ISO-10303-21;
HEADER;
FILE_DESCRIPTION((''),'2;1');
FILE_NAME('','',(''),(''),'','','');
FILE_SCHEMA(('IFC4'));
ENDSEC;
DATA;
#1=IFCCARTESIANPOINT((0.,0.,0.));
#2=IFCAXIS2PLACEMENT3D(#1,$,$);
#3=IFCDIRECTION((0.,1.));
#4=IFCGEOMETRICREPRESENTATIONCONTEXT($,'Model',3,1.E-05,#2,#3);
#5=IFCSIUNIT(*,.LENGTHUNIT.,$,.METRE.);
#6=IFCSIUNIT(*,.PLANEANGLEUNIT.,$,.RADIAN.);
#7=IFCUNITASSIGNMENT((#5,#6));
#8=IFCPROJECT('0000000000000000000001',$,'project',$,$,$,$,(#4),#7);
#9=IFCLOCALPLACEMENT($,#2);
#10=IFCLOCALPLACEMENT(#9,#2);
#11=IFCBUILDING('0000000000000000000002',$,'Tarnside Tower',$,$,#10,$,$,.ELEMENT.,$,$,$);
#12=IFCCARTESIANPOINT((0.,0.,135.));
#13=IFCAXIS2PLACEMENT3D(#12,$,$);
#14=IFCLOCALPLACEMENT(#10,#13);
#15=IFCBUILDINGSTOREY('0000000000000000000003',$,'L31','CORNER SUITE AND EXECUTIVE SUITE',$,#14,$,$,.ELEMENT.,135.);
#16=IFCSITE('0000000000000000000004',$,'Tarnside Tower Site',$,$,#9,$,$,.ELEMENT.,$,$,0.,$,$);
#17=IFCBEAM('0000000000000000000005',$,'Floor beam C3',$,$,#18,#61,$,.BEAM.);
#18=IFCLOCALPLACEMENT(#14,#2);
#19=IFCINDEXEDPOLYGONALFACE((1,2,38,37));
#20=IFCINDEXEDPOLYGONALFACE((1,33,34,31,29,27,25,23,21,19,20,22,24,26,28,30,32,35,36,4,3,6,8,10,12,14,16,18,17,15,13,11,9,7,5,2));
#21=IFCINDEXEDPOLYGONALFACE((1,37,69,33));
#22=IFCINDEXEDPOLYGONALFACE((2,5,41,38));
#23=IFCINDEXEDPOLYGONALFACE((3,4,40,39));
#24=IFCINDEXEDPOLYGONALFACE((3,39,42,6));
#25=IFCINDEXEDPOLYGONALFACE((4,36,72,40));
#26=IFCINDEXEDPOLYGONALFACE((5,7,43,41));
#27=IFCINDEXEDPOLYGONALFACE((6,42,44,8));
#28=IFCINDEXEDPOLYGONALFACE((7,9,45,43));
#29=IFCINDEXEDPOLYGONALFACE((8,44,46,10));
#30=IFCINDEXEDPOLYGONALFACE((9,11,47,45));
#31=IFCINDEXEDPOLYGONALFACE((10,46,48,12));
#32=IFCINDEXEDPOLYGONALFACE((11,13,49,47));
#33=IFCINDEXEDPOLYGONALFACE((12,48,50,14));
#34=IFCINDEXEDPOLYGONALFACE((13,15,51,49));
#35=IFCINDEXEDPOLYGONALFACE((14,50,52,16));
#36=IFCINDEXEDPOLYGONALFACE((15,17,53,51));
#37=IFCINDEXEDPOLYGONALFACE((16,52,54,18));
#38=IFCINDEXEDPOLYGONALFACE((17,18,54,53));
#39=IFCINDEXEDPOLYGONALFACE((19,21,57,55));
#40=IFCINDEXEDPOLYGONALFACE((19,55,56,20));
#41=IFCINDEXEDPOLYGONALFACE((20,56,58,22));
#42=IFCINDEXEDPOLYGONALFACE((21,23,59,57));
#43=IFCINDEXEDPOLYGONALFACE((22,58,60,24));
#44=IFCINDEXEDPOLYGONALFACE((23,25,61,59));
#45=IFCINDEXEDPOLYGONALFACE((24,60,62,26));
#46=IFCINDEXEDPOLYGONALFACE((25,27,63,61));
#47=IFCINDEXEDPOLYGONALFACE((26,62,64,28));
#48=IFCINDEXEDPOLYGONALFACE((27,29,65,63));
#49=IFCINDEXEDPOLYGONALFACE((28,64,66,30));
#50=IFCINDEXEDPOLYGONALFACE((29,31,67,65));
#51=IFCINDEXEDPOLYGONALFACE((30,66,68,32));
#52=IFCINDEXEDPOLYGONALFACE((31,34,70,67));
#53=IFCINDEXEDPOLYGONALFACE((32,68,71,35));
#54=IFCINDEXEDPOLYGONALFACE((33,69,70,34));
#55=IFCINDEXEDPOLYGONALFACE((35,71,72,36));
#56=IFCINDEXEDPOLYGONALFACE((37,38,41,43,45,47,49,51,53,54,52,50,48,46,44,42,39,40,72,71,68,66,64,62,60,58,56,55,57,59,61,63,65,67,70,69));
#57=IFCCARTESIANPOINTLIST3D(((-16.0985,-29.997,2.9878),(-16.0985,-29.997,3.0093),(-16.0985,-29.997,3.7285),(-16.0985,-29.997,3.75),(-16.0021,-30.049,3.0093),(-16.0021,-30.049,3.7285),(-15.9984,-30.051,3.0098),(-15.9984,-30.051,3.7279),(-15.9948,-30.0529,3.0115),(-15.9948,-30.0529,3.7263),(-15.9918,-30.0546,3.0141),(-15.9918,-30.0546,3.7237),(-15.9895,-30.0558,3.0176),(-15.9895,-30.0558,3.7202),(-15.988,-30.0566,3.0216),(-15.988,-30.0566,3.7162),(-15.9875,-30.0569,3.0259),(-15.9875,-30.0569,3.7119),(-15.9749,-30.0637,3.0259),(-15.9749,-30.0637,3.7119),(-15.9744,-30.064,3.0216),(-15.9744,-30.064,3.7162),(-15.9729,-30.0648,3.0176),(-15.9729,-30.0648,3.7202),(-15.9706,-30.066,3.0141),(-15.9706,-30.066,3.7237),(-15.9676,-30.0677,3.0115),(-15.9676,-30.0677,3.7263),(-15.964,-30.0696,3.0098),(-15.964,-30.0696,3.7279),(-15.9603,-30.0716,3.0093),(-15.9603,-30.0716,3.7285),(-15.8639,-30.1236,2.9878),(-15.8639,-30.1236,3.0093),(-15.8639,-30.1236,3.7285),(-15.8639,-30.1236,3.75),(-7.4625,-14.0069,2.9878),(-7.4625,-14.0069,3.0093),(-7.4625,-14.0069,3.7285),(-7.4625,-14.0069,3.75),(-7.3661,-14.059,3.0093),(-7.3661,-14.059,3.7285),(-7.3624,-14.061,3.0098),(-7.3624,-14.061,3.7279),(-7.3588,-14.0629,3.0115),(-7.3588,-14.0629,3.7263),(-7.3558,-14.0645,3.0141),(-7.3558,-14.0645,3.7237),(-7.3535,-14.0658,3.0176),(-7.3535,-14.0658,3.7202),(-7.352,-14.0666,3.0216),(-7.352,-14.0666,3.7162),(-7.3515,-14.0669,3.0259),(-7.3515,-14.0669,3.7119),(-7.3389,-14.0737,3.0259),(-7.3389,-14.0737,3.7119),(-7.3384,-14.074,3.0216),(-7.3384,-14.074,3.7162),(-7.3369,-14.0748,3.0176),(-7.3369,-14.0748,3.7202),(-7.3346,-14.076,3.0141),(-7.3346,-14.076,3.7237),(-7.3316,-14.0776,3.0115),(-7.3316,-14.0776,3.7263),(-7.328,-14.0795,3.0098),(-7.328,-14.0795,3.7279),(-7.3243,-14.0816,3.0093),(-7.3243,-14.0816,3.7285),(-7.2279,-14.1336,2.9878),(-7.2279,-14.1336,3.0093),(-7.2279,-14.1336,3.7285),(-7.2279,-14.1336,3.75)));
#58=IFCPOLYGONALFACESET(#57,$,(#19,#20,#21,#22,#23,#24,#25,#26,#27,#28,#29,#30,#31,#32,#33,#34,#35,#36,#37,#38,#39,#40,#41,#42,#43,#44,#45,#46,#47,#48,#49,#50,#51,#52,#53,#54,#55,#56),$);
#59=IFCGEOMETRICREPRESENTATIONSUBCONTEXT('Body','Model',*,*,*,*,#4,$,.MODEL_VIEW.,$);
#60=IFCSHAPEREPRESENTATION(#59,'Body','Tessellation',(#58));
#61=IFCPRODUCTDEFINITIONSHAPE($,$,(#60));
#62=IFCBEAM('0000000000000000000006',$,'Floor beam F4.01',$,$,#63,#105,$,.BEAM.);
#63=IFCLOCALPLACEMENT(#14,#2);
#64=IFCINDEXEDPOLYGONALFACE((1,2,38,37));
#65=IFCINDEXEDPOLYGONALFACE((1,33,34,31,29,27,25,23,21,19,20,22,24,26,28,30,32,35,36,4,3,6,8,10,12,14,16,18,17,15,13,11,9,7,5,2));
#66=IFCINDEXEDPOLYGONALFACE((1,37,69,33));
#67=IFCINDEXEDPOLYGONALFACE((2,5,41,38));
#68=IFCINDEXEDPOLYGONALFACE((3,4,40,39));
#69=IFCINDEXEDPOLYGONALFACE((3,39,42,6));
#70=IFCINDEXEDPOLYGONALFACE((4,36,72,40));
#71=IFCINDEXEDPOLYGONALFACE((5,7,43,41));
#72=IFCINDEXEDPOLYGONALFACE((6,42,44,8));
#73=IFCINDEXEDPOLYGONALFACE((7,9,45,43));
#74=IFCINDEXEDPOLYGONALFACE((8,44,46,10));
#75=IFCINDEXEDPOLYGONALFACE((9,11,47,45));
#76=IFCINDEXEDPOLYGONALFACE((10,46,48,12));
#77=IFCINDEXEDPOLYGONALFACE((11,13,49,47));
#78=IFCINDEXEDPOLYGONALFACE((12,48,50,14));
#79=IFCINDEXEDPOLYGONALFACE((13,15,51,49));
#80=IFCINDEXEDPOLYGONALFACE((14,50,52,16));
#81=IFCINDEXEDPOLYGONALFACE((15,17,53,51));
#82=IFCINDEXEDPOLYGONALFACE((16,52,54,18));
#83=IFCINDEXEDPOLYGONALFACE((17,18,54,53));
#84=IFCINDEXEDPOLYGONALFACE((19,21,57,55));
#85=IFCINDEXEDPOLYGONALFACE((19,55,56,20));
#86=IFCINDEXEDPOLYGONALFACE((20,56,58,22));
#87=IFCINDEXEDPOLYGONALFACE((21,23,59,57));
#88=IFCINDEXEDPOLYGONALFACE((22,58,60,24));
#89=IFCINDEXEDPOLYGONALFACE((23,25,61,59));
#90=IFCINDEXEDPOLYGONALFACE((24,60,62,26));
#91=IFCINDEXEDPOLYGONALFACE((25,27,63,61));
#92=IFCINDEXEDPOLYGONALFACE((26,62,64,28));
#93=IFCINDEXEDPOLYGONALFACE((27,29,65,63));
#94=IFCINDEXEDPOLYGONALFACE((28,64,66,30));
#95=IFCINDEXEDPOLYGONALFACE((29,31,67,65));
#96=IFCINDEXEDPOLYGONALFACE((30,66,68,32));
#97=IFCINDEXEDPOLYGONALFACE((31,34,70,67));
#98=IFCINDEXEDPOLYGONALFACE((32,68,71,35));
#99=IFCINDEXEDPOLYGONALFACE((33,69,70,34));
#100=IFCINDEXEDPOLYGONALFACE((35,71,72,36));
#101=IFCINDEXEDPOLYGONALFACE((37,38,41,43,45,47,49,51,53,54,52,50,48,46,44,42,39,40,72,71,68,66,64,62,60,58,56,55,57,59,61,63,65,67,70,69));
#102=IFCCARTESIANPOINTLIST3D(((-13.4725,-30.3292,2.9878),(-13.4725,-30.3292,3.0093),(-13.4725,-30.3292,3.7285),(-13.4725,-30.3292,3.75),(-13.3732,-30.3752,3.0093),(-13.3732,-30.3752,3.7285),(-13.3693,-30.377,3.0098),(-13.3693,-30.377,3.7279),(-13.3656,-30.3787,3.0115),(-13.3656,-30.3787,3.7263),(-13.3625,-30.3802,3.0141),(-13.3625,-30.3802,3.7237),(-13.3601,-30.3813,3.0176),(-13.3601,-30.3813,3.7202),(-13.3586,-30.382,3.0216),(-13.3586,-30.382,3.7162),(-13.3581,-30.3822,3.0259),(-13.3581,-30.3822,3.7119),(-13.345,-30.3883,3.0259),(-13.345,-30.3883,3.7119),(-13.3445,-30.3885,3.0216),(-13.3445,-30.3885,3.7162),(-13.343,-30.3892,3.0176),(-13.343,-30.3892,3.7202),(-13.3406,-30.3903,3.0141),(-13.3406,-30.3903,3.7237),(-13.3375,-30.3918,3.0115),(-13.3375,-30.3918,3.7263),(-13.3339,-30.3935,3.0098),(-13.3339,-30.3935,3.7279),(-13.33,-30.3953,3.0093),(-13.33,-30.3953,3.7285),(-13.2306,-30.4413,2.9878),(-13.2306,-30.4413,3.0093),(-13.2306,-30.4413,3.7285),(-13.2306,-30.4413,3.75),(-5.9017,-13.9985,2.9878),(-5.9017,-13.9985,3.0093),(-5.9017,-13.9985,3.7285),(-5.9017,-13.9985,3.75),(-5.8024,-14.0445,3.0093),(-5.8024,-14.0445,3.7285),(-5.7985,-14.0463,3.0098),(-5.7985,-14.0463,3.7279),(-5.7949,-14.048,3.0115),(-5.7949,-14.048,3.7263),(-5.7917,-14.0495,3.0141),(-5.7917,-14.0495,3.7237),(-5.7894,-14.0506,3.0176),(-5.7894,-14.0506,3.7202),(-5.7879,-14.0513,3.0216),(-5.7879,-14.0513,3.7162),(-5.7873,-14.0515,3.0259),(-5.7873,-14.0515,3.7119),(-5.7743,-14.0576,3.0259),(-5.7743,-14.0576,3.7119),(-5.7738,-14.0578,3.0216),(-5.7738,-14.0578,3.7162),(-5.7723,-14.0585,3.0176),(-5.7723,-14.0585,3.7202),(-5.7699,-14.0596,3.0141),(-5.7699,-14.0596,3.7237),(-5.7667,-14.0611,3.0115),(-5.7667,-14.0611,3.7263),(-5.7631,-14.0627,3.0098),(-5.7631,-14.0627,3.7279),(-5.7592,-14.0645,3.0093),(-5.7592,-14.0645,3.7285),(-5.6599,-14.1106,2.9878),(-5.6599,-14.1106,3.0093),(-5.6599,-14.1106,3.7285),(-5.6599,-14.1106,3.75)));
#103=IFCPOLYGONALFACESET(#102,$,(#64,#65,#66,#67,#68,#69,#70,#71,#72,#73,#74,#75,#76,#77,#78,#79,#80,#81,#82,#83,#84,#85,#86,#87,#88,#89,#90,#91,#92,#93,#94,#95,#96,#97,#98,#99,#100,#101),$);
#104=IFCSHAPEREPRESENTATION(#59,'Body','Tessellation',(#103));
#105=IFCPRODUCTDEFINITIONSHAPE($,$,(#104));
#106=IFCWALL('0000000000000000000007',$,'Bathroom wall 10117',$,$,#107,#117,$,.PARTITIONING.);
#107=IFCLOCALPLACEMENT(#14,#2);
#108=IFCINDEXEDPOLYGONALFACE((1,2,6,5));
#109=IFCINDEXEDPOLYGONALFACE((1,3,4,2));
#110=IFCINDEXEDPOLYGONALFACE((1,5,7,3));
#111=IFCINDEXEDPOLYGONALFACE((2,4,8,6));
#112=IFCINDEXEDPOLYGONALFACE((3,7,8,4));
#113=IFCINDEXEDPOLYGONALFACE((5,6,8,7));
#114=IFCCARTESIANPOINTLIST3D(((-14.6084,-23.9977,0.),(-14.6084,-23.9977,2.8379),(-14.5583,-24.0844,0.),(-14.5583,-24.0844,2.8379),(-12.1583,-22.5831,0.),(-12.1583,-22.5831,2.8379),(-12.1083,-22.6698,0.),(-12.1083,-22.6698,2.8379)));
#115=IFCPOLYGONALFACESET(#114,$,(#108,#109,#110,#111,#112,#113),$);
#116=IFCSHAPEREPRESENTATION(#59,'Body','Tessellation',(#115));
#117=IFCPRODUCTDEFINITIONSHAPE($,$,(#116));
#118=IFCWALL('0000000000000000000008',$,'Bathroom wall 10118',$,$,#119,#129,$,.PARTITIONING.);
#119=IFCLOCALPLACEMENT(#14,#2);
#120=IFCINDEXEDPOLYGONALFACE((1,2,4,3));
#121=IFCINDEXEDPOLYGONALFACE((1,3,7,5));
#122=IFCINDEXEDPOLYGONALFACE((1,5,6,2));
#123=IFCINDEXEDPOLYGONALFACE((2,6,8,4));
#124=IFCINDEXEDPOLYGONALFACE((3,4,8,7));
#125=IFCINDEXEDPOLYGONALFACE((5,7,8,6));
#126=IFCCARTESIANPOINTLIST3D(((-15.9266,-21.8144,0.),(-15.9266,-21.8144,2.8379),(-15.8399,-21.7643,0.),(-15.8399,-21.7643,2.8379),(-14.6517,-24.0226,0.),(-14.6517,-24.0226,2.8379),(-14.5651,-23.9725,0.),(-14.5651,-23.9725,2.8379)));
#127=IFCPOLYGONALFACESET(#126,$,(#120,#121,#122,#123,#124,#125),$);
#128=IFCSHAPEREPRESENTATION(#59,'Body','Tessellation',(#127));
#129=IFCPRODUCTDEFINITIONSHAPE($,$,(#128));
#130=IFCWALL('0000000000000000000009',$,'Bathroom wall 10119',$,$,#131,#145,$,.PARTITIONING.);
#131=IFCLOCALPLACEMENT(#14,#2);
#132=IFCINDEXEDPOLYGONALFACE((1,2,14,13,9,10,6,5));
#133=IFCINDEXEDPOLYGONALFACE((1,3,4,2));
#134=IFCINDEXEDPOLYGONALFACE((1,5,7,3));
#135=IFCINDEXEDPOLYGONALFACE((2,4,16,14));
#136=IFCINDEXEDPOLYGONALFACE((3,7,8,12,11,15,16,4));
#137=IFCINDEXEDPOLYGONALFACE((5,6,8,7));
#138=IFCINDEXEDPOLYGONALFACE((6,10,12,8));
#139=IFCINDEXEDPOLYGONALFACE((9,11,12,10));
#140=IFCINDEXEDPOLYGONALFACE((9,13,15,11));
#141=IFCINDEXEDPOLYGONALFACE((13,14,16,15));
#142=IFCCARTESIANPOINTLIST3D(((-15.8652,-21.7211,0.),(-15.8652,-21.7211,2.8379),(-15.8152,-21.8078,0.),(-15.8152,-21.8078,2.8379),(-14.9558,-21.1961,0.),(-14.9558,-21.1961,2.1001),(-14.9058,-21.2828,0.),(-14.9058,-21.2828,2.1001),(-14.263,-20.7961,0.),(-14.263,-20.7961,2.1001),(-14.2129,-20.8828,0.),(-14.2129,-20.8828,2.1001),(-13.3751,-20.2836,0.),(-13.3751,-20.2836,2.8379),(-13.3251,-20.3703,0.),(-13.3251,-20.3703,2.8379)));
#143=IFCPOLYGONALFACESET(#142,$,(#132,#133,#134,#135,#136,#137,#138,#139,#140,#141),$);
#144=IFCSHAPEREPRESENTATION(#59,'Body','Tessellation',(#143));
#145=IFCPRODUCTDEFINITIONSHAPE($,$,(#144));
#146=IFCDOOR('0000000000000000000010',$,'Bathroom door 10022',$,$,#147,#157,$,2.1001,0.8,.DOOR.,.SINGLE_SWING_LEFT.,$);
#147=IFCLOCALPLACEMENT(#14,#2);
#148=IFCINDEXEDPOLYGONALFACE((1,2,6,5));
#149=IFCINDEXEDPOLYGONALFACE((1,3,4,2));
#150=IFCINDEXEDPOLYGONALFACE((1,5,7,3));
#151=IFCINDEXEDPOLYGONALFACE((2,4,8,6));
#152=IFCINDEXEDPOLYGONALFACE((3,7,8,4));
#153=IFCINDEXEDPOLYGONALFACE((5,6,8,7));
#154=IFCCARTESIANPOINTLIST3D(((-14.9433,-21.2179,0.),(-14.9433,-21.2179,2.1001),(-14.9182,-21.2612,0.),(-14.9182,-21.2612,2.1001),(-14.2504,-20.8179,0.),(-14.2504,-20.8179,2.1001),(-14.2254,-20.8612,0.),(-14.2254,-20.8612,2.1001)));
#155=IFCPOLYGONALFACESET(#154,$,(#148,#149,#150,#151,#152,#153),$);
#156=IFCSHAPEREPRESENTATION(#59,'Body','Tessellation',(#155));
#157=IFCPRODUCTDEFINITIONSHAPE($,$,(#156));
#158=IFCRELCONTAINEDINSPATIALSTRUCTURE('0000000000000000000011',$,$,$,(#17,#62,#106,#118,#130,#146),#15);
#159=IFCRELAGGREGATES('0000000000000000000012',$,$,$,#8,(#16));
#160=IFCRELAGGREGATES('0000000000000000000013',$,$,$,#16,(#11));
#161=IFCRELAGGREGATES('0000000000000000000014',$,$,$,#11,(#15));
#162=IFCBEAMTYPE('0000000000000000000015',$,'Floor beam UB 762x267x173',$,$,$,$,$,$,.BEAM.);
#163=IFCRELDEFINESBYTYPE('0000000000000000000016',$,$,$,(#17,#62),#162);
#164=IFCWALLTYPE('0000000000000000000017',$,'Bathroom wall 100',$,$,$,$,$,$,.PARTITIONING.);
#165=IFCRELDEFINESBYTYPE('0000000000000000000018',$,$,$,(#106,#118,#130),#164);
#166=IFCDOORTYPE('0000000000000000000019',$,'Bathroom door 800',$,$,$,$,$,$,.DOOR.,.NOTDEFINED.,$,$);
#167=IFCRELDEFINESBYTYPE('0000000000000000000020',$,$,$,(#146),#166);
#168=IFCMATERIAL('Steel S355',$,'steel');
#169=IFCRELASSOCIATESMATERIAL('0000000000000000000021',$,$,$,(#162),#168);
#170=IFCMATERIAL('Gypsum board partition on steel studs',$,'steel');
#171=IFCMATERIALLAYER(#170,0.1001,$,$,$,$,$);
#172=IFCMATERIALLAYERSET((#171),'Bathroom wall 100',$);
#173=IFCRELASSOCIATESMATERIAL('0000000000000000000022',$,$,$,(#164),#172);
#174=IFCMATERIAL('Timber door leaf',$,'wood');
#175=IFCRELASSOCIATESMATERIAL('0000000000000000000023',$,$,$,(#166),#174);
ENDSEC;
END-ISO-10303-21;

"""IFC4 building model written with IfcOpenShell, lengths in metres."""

from ifc_helpers import new_model, si_unit, direction, frame, frame_2d, origin, origin_2d, place, context, subcontext, project, spatial, rectangle, i_section, extrude, material, layer, layer_set, material_profile, profile_set, type_object, element, fill, save


model = new_model("IFC4")

# Units and contexts
model_context = context("Model", 3, precision=1e-05, world=origin(), true_north=direction((0.0, 1.0)))
body_context = subcontext(model_context, "Body", "Model", "MODEL_VIEW")
ifc_project = project(units=[si_unit("LENGTHUNIT", "METRE"), si_unit("PLANEANGLEUNIT", "RADIAN")], contexts=[model_context])

# Site, building, storey
site_placement = place(None, origin())
site = spatial("IfcSite", under=ifc_project, at=site_placement, Name="Tarnside Tower Site", CompositionType="ELEMENT", RefElevation=0.0)
building_placement = place(site_placement, origin())
building = spatial("IfcBuilding", under=site, at=building_placement, Name="Tarnside Tower", CompositionType="ELEMENT")
storey_placement = place(building_placement, frame((0.0, 0.0, 135.0)))
storey = spatial("IfcBuildingStorey", under=building, at=storey_placement, Name="L31", Description="CORNER SUITE AND EXECUTIVE SUITE", CompositionType="ELEMENT", Elevation=135.0)

# Beams
ifc_material_1 = material(Name="Steel S355", Category="steel")
ifc_material_profile = material_profile(ifc_material_1, i_section(OverallWidth=0.2666, OverallDepth=0.7622, WebThickness=0.0144, FlangeThickness=0.0215, FilletRadius=0.0166, at=origin_2d()), Name="UB 762x267x173")
ifc_profile_set = profile_set([ifc_material_profile], Name="Steel S355")
beam_type = type_object("IfcBeamType", Name="Floor beam UB 762x267x173", PredefinedType="BEAM", material=ifc_profile_set)
beam_1_placement = place(storey_placement, frame((-15.9812, -30.0603, 3.3689), z_axis=(0.475208, 0.879873, 0.0), x_axis=(-0.879873, 0.475208, 0.0)))
element("IfcBeam", 1, at=beam_1_placement, inside=storey, type_object=beam_type, Name="Floor beam C3", PredefinedType="BEAM", context=body_context, shape_type="SweptSolid", body=[
    extrude(i_section(OverallWidth=0.2666, OverallDepth=0.7622, WebThickness=0.0144, FlangeThickness=0.0215, FilletRadius=0.0166, at=origin_2d()), origin(), (0.0, 0.0, 1.0), 18.1731),
])
beam_2_placement = place(storey_placement, frame((-13.3516, -30.3853, 3.3689), z_axis=(0.420592, 0.90725, 0.0), x_axis=(-0.90725, 0.420592, 0.0)))
element("IfcBeam", 2, at=beam_2_placement, inside=storey, type_object=beam_type, Name="Floor beam F4.01", PredefinedType="BEAM", context=body_context, shape_type="SweptSolid", body=[
    extrude(i_section(OverallWidth=0.2666, OverallDepth=0.7622, WebThickness=0.0144, FlangeThickness=0.0215, FilletRadius=0.0166, at=origin_2d()), origin(), (0.0, 0.0, 1.0), 18.0002),
])

# Walls
ifc_material_2 = material(Name="Gypsum board partition on steel studs", Category="steel")
ifc_layer_1 = layer(ifc_material_2, 0.1001)
ifc_layer_set_1 = layer_set([ifc_layer_1], Name="Bathroom wall 100")
wall_type_1 = type_object("IfcWallType", Name="Bathroom wall 100", PredefinedType="PARTITIONING", material=ifc_layer_set_1)
wall_1_placement = place(storey_placement, frame((-12.1333, -22.6265, 0.0), z_axis=(0.0, 0.0, 1.0), x_axis=(-0.866015, -0.500019, 0.0)))
element("IfcWall", 3, at=wall_1_placement, inside=storey, type_object=wall_type_1, Name="Bathroom wall 10117", PredefinedType="PARTITIONING", context=body_context, shape_type="SweptSolid", body=[
    extrude(rectangle(XDim=2.8291, YDim=0.1001, at=frame_2d((1.4146, 0.0))), origin(), (0.0, 0.0, 1.0), 2.8379),
])
wall_2_placement = place(storey_placement, frame((-14.6084, -23.9976, 0.0), z_axis=(0.0, 0.0, 1.0), x_axis=(-0.49999, 0.866031, 0.0)))
element("IfcWall", 4, at=wall_2_placement, inside=storey, type_object=wall_type_1, Name="Bathroom wall 10118", PredefinedType="PARTITIONING", context=body_context, shape_type="SweptSolid", body=[
    extrude(rectangle(XDim=2.5498, YDim=0.1001, at=frame_2d((1.2749, 0.0))), origin(), (0.0, 0.0, 1.0), 2.8379),
])

# Wall, opening, door
wall_3_placement = place(storey_placement, frame((-15.8401, -21.7644, 0.0), z_axis=(0.0, 0.0, 1.0), x_axis=(0.86604, 0.499975, 0.0)))
wall_3 = element("IfcWall", 5, at=wall_3_placement, inside=storey, type_object=wall_type_1, Name="Bathroom wall 10119", PredefinedType="PARTITIONING", context=body_context, shape_type="SweptSolid", body=[
    extrude(rectangle(XDim=2.8752, YDim=0.1001, at=frame_2d((1.4375, 0.0))), origin(), (0.0, 0.0, 1.0), 2.8379),
])
opening_1_placement = place(wall_3_placement, frame((1.05, 0.0, 0.0)))
opening_1 = element("IfcOpeningElement", 6, at=opening_1_placement, cuts=wall_3, PredefinedType="OPENING", context=body_context, shape_type="SweptSolid", body=[
    extrude(rectangle(XDim=0.8, YDim=2.1001, at=frame_2d((0.3999, 1.05))), frame((0.0, 0.0601, 0.0), z_axis=(0.0, -1.0, 0.0), x_axis=(1.0, 0.0, 0.0)), (0.0, 0.0, 1.0), 0.1201),
])
ifc_material_3 = material(Name="Timber door leaf", Category="wood")
door_type_1 = type_object("IfcDoorType", Name="Bathroom door 800", OperationType="NOTDEFINED", PredefinedType="DOOR", material=ifc_material_3)
door_1_placement = place(opening_1_placement, origin())
door_1 = element("IfcDoor", 7, at=door_1_placement, inside=storey, type_object=door_type_1, Name="Bathroom door 10022", OperationType="SINGLE_SWING_LEFT", OverallHeight=2.1001, OverallWidth=0.8, PredefinedType="DOOR", context=body_context, shape_type="SweptSolid", body=[
    extrude(rectangle(XDim=0.8, YDim=2.1001, at=frame_2d((0.3999, 1.05))), frame((0.0, 0.0249, 0.0), z_axis=(0.0, -1.0, 0.0), x_axis=(1.0, 0.0, 0.0)), (0.0, 0.0, 1.0), 0.05),
])
fill(opening_1, door_1)

save(model, "model.ifc")
